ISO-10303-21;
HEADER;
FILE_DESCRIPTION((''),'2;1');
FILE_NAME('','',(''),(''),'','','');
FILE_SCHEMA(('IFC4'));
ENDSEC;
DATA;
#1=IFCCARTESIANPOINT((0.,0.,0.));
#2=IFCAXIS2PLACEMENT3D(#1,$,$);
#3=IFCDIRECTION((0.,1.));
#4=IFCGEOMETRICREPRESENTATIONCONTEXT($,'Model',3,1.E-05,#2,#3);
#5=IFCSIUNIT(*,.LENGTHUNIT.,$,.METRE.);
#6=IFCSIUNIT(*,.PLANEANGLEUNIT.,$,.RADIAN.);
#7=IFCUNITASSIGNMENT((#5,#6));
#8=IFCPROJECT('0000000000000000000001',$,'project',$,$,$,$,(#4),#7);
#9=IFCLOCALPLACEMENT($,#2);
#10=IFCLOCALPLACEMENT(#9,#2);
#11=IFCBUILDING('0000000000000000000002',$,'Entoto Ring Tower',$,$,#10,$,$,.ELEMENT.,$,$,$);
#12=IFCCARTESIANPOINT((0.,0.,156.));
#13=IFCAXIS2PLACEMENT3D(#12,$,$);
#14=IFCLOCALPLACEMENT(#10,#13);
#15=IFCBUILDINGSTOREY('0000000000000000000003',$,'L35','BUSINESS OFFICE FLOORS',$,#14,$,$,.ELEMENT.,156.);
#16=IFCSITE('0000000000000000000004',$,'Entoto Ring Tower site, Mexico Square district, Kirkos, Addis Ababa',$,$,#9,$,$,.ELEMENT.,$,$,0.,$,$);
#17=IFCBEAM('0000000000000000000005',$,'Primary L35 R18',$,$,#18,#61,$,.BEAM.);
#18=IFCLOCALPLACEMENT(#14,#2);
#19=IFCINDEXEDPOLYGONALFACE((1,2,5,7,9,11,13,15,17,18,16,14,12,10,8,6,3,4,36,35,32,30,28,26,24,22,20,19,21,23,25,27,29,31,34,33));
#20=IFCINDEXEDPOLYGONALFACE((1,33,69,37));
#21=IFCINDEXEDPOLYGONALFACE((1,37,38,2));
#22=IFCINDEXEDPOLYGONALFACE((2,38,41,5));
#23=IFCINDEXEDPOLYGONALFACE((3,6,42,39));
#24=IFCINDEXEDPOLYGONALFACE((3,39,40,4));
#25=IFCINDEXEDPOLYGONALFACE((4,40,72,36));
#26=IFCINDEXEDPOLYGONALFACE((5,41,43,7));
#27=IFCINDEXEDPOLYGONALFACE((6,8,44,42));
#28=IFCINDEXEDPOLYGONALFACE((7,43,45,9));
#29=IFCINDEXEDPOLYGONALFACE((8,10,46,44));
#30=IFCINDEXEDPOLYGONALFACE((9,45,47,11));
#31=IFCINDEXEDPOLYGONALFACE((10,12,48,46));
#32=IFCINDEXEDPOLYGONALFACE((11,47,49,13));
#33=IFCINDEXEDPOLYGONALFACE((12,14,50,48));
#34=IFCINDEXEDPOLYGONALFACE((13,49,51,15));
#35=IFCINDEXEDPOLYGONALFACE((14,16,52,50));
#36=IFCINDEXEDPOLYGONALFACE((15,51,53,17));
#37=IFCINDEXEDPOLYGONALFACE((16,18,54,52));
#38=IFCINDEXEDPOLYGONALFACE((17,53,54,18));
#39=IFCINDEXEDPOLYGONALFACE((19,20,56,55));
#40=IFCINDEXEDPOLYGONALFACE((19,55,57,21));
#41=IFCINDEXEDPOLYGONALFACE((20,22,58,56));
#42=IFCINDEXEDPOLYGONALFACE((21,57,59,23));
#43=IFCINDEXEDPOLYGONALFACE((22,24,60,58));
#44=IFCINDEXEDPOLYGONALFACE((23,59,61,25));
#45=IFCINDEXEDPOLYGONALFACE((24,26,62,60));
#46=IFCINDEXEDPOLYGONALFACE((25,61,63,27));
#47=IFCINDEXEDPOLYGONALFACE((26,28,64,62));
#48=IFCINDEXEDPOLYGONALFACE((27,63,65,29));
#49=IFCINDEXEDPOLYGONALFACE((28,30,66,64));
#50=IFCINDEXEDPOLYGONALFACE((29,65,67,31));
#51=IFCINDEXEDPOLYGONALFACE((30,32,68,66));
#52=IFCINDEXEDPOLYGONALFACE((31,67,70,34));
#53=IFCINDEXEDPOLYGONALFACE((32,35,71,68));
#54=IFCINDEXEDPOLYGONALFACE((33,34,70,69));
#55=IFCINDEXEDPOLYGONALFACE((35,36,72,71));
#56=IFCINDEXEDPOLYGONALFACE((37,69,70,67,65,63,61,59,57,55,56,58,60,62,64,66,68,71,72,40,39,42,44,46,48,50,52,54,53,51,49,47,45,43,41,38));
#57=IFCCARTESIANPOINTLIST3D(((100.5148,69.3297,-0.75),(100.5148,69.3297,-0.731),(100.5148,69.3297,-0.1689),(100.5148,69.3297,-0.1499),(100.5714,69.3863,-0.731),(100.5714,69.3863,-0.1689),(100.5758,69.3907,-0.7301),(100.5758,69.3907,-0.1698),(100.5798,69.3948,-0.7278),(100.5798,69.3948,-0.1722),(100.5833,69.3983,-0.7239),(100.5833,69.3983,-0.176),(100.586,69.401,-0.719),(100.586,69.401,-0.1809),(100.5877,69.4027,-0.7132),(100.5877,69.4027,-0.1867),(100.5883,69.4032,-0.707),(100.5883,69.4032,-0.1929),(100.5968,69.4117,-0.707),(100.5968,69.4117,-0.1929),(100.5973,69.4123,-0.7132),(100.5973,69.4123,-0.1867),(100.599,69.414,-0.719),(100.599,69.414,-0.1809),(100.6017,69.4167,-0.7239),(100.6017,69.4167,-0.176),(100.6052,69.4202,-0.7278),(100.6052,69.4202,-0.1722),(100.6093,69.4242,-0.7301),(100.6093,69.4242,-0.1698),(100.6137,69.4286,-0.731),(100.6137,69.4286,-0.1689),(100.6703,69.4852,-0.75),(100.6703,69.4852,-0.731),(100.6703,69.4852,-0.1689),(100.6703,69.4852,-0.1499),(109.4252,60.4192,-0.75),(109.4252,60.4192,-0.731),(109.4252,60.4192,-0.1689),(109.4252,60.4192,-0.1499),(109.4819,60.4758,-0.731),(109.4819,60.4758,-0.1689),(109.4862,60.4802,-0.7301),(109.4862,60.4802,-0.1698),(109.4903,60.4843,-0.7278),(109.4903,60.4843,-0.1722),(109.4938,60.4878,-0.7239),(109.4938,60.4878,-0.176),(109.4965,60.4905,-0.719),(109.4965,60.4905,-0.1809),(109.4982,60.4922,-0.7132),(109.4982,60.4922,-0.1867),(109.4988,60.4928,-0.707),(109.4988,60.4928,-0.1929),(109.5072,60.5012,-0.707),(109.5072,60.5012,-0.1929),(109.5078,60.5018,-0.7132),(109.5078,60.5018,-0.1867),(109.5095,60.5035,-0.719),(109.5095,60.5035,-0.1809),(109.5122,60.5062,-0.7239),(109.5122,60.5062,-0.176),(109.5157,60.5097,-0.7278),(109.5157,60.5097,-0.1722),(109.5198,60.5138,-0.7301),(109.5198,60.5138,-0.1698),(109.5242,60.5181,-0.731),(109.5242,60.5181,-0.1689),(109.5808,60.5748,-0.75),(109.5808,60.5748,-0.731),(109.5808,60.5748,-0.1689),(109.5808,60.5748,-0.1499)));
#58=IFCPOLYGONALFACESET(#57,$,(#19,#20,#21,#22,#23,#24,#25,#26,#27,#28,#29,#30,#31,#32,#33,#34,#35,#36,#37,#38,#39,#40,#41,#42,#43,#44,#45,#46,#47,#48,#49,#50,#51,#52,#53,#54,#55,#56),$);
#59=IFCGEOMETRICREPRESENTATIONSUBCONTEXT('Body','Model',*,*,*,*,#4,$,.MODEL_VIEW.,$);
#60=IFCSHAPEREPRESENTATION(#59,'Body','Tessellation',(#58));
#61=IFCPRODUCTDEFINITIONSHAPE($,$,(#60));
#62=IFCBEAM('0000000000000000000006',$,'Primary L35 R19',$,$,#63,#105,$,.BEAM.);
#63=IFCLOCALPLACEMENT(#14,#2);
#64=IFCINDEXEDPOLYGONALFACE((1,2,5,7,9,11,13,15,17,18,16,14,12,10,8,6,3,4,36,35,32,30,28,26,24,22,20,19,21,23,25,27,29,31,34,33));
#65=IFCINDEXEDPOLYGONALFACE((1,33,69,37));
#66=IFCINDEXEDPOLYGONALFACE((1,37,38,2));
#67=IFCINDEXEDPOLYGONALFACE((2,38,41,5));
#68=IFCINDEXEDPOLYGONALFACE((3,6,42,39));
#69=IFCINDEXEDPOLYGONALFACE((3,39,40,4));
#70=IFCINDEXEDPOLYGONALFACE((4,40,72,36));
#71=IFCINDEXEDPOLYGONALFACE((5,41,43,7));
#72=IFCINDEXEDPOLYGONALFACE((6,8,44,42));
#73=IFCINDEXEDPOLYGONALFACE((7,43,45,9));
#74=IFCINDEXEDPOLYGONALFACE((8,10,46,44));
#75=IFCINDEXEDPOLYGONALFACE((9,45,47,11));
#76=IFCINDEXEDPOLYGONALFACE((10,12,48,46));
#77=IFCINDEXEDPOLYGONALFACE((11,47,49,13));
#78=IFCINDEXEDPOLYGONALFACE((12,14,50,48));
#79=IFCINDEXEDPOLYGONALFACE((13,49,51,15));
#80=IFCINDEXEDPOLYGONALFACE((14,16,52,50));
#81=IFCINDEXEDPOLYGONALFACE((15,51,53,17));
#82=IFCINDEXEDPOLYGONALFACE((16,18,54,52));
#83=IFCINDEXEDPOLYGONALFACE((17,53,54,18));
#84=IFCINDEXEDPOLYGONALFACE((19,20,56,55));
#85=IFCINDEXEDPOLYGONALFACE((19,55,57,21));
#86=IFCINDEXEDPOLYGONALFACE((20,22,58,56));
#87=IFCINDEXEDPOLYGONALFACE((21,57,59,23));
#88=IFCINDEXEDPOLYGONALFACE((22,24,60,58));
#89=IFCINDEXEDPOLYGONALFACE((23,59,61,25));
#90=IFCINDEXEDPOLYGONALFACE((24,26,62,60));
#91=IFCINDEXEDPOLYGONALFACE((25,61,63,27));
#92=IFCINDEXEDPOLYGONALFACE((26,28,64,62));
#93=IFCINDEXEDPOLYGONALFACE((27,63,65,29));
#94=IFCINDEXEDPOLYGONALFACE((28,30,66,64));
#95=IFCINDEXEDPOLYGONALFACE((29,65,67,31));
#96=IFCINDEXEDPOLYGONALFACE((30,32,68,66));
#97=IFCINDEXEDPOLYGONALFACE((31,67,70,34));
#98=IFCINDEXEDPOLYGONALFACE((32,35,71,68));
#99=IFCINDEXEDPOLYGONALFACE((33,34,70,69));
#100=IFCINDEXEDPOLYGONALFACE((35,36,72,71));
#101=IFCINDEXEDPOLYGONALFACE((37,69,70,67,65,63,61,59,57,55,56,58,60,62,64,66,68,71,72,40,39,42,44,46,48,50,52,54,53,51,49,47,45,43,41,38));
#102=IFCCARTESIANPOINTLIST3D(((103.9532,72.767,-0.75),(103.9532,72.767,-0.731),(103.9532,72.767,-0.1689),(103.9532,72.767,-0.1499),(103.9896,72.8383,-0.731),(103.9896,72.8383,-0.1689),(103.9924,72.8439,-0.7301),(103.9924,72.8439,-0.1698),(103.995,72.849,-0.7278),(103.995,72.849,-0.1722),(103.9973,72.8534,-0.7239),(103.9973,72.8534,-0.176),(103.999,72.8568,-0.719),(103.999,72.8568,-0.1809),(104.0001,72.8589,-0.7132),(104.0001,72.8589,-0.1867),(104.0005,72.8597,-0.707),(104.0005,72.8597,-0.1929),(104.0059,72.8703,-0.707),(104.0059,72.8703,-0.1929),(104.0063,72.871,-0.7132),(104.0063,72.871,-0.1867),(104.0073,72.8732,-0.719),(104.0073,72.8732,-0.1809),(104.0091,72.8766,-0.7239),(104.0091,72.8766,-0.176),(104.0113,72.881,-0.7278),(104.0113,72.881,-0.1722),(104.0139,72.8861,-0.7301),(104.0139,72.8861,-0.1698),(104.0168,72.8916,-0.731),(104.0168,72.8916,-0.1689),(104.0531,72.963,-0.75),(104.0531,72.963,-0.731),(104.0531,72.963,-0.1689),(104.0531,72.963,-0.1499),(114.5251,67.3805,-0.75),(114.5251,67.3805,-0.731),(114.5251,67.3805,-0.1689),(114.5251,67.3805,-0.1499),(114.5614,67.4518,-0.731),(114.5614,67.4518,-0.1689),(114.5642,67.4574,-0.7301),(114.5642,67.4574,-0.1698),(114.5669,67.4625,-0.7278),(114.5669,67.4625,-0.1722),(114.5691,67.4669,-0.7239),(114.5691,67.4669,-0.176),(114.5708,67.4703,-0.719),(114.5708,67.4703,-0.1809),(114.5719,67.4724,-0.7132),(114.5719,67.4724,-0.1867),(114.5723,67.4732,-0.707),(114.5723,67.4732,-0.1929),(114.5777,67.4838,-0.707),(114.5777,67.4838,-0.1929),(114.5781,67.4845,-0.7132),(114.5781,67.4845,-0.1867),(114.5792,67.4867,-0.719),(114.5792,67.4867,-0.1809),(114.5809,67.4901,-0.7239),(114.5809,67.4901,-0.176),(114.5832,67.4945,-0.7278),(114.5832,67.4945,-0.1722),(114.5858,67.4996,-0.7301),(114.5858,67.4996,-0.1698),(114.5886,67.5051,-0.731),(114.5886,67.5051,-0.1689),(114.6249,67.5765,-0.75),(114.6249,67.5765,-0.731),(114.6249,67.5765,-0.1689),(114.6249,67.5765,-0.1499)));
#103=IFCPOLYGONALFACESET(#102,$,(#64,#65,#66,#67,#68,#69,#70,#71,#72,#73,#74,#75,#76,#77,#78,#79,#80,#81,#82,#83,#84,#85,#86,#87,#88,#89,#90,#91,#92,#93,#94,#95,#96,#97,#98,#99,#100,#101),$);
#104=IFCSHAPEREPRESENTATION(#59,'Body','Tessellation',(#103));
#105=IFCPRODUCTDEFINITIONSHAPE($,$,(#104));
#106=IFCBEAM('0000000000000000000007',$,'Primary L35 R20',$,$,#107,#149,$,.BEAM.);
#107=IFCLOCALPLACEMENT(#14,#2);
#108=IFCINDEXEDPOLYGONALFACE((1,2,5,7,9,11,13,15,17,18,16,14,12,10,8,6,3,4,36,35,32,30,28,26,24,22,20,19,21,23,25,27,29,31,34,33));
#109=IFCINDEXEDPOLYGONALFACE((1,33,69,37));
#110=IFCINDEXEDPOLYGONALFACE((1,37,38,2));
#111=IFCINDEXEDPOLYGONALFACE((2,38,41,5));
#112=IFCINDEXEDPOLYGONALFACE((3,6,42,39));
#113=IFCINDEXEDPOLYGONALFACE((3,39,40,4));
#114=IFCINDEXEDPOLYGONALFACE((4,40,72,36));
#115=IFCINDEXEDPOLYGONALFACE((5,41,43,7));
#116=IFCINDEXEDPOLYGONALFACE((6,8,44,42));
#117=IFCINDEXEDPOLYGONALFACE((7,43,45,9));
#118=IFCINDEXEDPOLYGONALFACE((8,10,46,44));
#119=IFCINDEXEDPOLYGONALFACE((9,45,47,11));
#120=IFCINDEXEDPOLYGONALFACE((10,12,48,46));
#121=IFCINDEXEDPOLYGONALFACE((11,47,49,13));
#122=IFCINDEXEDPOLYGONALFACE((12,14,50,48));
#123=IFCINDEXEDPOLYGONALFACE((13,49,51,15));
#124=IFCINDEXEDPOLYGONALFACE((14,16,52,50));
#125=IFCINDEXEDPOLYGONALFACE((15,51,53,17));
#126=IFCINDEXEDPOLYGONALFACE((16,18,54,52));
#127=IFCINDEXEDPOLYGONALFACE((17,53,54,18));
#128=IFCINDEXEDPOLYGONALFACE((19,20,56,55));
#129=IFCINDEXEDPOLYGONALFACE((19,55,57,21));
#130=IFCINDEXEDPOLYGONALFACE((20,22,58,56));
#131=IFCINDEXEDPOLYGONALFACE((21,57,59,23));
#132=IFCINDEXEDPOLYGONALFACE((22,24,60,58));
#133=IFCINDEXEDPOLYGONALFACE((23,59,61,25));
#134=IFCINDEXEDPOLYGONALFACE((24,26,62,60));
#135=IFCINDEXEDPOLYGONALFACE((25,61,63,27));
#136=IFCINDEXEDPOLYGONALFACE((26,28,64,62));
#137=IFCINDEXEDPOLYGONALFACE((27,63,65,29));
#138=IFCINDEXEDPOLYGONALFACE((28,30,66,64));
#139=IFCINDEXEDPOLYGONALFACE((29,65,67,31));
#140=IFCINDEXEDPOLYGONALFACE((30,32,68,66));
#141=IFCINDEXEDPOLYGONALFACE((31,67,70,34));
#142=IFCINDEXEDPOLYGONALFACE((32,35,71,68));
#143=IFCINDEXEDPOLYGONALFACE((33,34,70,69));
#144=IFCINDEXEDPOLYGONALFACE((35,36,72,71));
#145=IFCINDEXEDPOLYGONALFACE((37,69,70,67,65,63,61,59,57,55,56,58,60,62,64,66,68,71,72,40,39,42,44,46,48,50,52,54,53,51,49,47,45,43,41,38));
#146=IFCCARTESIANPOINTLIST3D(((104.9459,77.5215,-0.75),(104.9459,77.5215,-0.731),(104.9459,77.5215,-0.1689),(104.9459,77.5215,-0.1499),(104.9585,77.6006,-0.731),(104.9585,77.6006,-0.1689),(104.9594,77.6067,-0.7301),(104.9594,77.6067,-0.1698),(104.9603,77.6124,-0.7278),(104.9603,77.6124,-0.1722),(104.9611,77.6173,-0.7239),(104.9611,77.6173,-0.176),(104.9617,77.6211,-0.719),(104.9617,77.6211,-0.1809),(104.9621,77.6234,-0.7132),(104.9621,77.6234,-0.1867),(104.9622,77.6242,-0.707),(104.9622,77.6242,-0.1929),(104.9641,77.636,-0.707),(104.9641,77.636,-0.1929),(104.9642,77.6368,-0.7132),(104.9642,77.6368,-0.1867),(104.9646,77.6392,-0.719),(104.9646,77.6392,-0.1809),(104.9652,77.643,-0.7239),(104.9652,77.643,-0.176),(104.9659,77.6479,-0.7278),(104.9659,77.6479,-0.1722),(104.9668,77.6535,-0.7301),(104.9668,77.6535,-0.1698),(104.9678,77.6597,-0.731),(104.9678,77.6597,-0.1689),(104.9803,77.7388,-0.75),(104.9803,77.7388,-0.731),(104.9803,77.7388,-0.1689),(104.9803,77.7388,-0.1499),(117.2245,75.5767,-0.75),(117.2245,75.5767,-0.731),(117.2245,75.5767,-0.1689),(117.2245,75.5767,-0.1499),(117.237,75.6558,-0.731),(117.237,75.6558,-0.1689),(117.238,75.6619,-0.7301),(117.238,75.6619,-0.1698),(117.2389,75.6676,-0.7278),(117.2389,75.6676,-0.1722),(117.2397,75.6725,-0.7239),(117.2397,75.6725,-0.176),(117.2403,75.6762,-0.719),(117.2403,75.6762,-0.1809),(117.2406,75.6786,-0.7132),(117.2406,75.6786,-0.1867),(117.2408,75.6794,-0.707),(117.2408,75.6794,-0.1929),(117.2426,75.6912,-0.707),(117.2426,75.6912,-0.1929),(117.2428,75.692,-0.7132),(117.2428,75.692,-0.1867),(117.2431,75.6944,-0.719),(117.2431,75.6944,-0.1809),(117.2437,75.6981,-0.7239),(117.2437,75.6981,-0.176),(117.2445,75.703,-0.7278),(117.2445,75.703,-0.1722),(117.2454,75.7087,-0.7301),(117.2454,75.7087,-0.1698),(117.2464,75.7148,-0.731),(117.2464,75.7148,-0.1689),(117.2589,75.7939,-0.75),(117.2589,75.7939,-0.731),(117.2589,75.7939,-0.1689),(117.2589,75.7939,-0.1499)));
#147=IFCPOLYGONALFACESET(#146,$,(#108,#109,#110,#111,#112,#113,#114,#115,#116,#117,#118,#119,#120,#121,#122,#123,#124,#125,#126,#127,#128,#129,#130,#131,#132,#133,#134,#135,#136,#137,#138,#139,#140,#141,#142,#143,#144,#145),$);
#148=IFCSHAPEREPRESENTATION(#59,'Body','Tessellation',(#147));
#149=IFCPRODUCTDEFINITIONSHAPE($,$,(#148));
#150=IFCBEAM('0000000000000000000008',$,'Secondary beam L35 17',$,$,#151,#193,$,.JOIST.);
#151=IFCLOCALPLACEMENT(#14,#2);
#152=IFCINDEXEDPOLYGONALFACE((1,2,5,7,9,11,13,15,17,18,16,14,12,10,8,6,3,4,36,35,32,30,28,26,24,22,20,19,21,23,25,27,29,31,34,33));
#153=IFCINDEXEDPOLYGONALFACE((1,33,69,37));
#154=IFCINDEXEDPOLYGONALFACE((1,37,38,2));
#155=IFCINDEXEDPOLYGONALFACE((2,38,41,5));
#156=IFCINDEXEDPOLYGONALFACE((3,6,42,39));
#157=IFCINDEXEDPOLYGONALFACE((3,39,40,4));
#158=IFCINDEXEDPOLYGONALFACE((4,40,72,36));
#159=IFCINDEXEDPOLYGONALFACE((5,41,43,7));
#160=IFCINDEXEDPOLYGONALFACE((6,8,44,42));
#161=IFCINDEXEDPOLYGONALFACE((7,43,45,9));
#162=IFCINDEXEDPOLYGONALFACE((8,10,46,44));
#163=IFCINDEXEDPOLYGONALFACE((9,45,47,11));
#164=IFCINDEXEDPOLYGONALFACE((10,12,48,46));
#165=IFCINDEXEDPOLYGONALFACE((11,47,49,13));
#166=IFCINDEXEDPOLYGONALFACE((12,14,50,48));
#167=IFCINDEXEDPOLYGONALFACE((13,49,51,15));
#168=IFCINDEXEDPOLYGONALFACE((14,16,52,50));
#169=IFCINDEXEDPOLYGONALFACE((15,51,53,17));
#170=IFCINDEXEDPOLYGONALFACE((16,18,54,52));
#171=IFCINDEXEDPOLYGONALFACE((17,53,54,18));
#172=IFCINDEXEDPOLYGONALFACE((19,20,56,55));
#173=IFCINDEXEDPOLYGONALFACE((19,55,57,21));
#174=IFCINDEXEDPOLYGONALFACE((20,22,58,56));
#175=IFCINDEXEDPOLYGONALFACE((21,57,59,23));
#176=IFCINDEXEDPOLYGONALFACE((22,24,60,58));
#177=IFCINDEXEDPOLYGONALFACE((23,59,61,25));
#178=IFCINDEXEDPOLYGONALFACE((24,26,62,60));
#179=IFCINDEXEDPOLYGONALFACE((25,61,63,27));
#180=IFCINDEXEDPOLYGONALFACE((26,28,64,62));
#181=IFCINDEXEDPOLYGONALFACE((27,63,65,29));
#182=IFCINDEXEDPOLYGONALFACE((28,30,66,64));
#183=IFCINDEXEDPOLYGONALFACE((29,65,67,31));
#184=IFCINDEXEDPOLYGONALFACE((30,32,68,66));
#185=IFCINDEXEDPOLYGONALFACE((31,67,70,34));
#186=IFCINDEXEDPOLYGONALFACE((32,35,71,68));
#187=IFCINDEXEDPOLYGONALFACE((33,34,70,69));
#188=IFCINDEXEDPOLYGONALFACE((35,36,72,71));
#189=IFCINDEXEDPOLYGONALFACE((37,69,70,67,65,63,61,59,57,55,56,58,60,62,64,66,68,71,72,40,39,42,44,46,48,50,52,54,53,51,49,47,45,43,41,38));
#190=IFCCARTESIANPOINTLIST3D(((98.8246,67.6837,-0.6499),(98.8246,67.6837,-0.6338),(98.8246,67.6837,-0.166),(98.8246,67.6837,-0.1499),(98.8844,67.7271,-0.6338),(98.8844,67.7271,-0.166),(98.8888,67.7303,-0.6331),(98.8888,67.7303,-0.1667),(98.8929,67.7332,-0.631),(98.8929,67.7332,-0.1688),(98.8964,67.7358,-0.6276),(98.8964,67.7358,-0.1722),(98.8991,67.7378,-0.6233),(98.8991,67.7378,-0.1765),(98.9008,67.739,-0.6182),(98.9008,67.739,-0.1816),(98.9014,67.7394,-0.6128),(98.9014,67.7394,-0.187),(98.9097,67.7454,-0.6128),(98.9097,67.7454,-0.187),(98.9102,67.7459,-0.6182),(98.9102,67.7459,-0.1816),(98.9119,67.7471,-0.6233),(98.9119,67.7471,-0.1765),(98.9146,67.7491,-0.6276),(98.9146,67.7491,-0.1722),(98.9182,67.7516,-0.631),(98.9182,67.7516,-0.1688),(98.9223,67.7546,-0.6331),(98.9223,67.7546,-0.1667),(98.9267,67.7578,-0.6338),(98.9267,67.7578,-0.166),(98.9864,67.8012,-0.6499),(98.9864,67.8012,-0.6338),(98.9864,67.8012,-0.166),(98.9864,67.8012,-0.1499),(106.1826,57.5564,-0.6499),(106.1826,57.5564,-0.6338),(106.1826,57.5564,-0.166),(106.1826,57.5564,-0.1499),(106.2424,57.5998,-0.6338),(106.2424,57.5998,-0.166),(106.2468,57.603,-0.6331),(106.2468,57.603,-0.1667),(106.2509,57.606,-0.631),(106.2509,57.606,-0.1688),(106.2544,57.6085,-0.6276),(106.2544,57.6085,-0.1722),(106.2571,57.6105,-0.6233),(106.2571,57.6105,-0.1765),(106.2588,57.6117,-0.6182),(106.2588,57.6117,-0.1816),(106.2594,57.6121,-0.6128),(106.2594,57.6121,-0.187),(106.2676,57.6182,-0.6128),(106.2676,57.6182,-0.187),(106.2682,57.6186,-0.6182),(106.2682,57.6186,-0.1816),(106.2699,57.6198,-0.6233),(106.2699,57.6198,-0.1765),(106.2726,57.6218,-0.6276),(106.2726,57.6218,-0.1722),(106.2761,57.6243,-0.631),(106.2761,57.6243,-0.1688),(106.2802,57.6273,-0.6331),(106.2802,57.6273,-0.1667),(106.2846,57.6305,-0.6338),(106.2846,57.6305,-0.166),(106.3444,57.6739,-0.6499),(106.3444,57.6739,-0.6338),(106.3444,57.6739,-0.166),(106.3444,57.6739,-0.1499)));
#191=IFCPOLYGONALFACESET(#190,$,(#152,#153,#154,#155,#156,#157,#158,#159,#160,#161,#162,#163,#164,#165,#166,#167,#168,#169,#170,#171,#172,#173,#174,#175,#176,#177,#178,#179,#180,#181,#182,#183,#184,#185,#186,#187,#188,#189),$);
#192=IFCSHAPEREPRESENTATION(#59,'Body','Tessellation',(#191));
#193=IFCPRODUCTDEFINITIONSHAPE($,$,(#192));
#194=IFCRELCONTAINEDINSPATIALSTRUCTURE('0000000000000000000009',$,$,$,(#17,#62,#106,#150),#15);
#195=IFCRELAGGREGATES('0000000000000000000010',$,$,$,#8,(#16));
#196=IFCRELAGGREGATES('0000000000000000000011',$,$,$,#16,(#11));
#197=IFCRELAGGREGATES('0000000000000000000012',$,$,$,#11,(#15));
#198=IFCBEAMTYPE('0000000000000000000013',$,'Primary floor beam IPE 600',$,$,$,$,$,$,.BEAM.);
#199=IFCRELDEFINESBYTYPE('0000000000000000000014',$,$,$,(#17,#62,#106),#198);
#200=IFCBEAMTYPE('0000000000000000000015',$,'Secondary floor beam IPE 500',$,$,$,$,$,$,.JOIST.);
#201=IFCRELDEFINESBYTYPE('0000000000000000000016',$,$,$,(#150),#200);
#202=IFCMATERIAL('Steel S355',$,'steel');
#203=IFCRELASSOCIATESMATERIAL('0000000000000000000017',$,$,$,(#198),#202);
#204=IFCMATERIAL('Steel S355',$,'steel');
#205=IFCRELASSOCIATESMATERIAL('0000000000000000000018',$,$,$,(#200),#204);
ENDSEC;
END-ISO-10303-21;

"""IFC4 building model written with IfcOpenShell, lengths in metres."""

from ifc_helpers import new_model, si_unit, direction, frame, origin, origin_2d, place, context, subcontext, project, spatial, i_section, extrude, material, material_profile, profile_set, type_object, element, save


model = new_model("IFC4")

# Units and contexts
model_context = context("Model", 3, precision=1e-05, world=origin(), true_north=direction((0.0, 1.0)))
body_context = subcontext(model_context, "Body", "Model", "MODEL_VIEW")
ifc_project = project(units=[si_unit("LENGTHUNIT", "METRE"), si_unit("PLANEANGLEUNIT", "RADIAN")], contexts=[model_context])

# Site, building, storey
site_placement = place(None, origin())
site = spatial("IfcSite", under=ifc_project, at=site_placement, Name="Entoto Ring Tower site, Mexico Square district, Kirkos, Addis Ababa", CompositionType="ELEMENT", RefElevation=0.0)
building_placement = place(site_placement, origin())
building = spatial("IfcBuilding", under=site, at=building_placement, Name="Entoto Ring Tower", CompositionType="ELEMENT")
storey_placement = place(building_placement, frame((0.0, 0.0, 156.0)))
storey = spatial("IfcBuildingStorey", under=building, at=storey_placement, Name="L35", Description="BUSINESS OFFICE FLOORS", CompositionType="ELEMENT", Elevation=156.0)

# Beams
ifc_material_1 = material(Name="Steel S355", Category="steel")
ifc_material_profile_1 = material_profile(ifc_material_1, i_section(OverallWidth=0.22, OverallDepth=0.6001, WebThickness=0.012, FlangeThickness=0.019, FilletRadius=0.0239, at=origin_2d()), Name="IPE 600")
ifc_profile_set_1 = profile_set([ifc_material_profile_1], Name="Steel S355")
beam_type_1 = type_object("IfcBeamType", Name="Primary floor beam IPE 600", PredefinedType="BEAM", material=ifc_profile_set_1)
beam_1_placement = place(storey_placement, frame((100.5925, 69.4075, -0.45), z_axis=(0.707107, -0.707107, 0.0), x_axis=(0.707107, 0.707107, 0.0)))
element("IfcBeam", 1, at=beam_1_placement, inside=storey, type_object=beam_type_1, Name="Primary L35 R18", PredefinedType="BEAM", context=body_context, shape_type="SweptSolid", body=[
    extrude(i_section(OverallWidth=0.22, OverallDepth=0.6001, WebThickness=0.012, FlangeThickness=0.019, FilletRadius=0.0239, at=origin_2d()), origin(), (0.0, 0.0, 1.0), 12.6013),
])
beam_2_placement = place(storey_placement, frame((104.0032, 72.865, -0.45), z_axis=(0.89101, -0.453983, 0.0), x_axis=(0.453983, 0.89101, 0.0)))
element("IfcBeam", 2, at=beam_2_placement, inside=storey, type_object=beam_type_1, Name="Primary L35 R19", PredefinedType="BEAM", context=body_context, shape_type="SweptSolid", body=[
    extrude(i_section(OverallWidth=0.22, OverallDepth=0.6001, WebThickness=0.012, FlangeThickness=0.019, FilletRadius=0.0239, at=origin_2d()), origin(), (0.0, 0.0, 1.0), 11.865),
])
beam_3_placement = place(storey_placement, frame((104.9631, 77.6301, -0.45), z_axis=(0.987687, -0.156442, 0.0), x_axis=(0.156442, 0.987687, 0.0)))
element("IfcBeam", 3, at=beam_3_placement, inside=storey, type_object=beam_type_1, Name="Primary L35 R20", PredefinedType="BEAM", context=body_context, shape_type="SweptSolid", body=[
    extrude(i_section(OverallWidth=0.22, OverallDepth=0.6001, WebThickness=0.012, FlangeThickness=0.019, FilletRadius=0.0239, at=origin_2d()), origin(), (0.0, 0.0, 1.0), 12.4316),
])
ifc_material_2 = material(Name="Steel S355", Category="steel")
ifc_material_profile_2 = material_profile(ifc_material_2, i_section(OverallWidth=0.2, OverallDepth=0.5, WebThickness=0.0103, FlangeThickness=0.0161, FilletRadius=0.021, at=origin_2d()), Name="IPE 500")
ifc_profile_set_2 = profile_set([ifc_material_profile_2], Name="Steel S355")
beam_type_2 = type_object("IfcBeamType", Name="Secondary floor beam IPE 500", PredefinedType="JOIST", material=ifc_profile_set_2)
for number, where, z_axis, x_axis, name in (
    (4, (98.9055, 67.7424, -0.3999), (0.587789, -0.809014, 0.0), (0.809014, 0.587789, 0.0), "Secondary beam L35 17"),
):
    element("IfcBeam", number, at=place(storey_placement, frame(where, z_axis=z_axis, x_axis=x_axis)), inside=storey, type_object=beam_type_2, Name=name, PredefinedType="JOIST", context=body_context, shape_type="SweptSolid", body=[
        extrude(i_section(OverallWidth=0.2, OverallDepth=0.5, WebThickness=0.0103, FlangeThickness=0.0161, FilletRadius=0.021, at=origin_2d()), origin(), (0.0, 0.0, 1.0), 12.5181),
    ])

save(model, "model.ifc")
